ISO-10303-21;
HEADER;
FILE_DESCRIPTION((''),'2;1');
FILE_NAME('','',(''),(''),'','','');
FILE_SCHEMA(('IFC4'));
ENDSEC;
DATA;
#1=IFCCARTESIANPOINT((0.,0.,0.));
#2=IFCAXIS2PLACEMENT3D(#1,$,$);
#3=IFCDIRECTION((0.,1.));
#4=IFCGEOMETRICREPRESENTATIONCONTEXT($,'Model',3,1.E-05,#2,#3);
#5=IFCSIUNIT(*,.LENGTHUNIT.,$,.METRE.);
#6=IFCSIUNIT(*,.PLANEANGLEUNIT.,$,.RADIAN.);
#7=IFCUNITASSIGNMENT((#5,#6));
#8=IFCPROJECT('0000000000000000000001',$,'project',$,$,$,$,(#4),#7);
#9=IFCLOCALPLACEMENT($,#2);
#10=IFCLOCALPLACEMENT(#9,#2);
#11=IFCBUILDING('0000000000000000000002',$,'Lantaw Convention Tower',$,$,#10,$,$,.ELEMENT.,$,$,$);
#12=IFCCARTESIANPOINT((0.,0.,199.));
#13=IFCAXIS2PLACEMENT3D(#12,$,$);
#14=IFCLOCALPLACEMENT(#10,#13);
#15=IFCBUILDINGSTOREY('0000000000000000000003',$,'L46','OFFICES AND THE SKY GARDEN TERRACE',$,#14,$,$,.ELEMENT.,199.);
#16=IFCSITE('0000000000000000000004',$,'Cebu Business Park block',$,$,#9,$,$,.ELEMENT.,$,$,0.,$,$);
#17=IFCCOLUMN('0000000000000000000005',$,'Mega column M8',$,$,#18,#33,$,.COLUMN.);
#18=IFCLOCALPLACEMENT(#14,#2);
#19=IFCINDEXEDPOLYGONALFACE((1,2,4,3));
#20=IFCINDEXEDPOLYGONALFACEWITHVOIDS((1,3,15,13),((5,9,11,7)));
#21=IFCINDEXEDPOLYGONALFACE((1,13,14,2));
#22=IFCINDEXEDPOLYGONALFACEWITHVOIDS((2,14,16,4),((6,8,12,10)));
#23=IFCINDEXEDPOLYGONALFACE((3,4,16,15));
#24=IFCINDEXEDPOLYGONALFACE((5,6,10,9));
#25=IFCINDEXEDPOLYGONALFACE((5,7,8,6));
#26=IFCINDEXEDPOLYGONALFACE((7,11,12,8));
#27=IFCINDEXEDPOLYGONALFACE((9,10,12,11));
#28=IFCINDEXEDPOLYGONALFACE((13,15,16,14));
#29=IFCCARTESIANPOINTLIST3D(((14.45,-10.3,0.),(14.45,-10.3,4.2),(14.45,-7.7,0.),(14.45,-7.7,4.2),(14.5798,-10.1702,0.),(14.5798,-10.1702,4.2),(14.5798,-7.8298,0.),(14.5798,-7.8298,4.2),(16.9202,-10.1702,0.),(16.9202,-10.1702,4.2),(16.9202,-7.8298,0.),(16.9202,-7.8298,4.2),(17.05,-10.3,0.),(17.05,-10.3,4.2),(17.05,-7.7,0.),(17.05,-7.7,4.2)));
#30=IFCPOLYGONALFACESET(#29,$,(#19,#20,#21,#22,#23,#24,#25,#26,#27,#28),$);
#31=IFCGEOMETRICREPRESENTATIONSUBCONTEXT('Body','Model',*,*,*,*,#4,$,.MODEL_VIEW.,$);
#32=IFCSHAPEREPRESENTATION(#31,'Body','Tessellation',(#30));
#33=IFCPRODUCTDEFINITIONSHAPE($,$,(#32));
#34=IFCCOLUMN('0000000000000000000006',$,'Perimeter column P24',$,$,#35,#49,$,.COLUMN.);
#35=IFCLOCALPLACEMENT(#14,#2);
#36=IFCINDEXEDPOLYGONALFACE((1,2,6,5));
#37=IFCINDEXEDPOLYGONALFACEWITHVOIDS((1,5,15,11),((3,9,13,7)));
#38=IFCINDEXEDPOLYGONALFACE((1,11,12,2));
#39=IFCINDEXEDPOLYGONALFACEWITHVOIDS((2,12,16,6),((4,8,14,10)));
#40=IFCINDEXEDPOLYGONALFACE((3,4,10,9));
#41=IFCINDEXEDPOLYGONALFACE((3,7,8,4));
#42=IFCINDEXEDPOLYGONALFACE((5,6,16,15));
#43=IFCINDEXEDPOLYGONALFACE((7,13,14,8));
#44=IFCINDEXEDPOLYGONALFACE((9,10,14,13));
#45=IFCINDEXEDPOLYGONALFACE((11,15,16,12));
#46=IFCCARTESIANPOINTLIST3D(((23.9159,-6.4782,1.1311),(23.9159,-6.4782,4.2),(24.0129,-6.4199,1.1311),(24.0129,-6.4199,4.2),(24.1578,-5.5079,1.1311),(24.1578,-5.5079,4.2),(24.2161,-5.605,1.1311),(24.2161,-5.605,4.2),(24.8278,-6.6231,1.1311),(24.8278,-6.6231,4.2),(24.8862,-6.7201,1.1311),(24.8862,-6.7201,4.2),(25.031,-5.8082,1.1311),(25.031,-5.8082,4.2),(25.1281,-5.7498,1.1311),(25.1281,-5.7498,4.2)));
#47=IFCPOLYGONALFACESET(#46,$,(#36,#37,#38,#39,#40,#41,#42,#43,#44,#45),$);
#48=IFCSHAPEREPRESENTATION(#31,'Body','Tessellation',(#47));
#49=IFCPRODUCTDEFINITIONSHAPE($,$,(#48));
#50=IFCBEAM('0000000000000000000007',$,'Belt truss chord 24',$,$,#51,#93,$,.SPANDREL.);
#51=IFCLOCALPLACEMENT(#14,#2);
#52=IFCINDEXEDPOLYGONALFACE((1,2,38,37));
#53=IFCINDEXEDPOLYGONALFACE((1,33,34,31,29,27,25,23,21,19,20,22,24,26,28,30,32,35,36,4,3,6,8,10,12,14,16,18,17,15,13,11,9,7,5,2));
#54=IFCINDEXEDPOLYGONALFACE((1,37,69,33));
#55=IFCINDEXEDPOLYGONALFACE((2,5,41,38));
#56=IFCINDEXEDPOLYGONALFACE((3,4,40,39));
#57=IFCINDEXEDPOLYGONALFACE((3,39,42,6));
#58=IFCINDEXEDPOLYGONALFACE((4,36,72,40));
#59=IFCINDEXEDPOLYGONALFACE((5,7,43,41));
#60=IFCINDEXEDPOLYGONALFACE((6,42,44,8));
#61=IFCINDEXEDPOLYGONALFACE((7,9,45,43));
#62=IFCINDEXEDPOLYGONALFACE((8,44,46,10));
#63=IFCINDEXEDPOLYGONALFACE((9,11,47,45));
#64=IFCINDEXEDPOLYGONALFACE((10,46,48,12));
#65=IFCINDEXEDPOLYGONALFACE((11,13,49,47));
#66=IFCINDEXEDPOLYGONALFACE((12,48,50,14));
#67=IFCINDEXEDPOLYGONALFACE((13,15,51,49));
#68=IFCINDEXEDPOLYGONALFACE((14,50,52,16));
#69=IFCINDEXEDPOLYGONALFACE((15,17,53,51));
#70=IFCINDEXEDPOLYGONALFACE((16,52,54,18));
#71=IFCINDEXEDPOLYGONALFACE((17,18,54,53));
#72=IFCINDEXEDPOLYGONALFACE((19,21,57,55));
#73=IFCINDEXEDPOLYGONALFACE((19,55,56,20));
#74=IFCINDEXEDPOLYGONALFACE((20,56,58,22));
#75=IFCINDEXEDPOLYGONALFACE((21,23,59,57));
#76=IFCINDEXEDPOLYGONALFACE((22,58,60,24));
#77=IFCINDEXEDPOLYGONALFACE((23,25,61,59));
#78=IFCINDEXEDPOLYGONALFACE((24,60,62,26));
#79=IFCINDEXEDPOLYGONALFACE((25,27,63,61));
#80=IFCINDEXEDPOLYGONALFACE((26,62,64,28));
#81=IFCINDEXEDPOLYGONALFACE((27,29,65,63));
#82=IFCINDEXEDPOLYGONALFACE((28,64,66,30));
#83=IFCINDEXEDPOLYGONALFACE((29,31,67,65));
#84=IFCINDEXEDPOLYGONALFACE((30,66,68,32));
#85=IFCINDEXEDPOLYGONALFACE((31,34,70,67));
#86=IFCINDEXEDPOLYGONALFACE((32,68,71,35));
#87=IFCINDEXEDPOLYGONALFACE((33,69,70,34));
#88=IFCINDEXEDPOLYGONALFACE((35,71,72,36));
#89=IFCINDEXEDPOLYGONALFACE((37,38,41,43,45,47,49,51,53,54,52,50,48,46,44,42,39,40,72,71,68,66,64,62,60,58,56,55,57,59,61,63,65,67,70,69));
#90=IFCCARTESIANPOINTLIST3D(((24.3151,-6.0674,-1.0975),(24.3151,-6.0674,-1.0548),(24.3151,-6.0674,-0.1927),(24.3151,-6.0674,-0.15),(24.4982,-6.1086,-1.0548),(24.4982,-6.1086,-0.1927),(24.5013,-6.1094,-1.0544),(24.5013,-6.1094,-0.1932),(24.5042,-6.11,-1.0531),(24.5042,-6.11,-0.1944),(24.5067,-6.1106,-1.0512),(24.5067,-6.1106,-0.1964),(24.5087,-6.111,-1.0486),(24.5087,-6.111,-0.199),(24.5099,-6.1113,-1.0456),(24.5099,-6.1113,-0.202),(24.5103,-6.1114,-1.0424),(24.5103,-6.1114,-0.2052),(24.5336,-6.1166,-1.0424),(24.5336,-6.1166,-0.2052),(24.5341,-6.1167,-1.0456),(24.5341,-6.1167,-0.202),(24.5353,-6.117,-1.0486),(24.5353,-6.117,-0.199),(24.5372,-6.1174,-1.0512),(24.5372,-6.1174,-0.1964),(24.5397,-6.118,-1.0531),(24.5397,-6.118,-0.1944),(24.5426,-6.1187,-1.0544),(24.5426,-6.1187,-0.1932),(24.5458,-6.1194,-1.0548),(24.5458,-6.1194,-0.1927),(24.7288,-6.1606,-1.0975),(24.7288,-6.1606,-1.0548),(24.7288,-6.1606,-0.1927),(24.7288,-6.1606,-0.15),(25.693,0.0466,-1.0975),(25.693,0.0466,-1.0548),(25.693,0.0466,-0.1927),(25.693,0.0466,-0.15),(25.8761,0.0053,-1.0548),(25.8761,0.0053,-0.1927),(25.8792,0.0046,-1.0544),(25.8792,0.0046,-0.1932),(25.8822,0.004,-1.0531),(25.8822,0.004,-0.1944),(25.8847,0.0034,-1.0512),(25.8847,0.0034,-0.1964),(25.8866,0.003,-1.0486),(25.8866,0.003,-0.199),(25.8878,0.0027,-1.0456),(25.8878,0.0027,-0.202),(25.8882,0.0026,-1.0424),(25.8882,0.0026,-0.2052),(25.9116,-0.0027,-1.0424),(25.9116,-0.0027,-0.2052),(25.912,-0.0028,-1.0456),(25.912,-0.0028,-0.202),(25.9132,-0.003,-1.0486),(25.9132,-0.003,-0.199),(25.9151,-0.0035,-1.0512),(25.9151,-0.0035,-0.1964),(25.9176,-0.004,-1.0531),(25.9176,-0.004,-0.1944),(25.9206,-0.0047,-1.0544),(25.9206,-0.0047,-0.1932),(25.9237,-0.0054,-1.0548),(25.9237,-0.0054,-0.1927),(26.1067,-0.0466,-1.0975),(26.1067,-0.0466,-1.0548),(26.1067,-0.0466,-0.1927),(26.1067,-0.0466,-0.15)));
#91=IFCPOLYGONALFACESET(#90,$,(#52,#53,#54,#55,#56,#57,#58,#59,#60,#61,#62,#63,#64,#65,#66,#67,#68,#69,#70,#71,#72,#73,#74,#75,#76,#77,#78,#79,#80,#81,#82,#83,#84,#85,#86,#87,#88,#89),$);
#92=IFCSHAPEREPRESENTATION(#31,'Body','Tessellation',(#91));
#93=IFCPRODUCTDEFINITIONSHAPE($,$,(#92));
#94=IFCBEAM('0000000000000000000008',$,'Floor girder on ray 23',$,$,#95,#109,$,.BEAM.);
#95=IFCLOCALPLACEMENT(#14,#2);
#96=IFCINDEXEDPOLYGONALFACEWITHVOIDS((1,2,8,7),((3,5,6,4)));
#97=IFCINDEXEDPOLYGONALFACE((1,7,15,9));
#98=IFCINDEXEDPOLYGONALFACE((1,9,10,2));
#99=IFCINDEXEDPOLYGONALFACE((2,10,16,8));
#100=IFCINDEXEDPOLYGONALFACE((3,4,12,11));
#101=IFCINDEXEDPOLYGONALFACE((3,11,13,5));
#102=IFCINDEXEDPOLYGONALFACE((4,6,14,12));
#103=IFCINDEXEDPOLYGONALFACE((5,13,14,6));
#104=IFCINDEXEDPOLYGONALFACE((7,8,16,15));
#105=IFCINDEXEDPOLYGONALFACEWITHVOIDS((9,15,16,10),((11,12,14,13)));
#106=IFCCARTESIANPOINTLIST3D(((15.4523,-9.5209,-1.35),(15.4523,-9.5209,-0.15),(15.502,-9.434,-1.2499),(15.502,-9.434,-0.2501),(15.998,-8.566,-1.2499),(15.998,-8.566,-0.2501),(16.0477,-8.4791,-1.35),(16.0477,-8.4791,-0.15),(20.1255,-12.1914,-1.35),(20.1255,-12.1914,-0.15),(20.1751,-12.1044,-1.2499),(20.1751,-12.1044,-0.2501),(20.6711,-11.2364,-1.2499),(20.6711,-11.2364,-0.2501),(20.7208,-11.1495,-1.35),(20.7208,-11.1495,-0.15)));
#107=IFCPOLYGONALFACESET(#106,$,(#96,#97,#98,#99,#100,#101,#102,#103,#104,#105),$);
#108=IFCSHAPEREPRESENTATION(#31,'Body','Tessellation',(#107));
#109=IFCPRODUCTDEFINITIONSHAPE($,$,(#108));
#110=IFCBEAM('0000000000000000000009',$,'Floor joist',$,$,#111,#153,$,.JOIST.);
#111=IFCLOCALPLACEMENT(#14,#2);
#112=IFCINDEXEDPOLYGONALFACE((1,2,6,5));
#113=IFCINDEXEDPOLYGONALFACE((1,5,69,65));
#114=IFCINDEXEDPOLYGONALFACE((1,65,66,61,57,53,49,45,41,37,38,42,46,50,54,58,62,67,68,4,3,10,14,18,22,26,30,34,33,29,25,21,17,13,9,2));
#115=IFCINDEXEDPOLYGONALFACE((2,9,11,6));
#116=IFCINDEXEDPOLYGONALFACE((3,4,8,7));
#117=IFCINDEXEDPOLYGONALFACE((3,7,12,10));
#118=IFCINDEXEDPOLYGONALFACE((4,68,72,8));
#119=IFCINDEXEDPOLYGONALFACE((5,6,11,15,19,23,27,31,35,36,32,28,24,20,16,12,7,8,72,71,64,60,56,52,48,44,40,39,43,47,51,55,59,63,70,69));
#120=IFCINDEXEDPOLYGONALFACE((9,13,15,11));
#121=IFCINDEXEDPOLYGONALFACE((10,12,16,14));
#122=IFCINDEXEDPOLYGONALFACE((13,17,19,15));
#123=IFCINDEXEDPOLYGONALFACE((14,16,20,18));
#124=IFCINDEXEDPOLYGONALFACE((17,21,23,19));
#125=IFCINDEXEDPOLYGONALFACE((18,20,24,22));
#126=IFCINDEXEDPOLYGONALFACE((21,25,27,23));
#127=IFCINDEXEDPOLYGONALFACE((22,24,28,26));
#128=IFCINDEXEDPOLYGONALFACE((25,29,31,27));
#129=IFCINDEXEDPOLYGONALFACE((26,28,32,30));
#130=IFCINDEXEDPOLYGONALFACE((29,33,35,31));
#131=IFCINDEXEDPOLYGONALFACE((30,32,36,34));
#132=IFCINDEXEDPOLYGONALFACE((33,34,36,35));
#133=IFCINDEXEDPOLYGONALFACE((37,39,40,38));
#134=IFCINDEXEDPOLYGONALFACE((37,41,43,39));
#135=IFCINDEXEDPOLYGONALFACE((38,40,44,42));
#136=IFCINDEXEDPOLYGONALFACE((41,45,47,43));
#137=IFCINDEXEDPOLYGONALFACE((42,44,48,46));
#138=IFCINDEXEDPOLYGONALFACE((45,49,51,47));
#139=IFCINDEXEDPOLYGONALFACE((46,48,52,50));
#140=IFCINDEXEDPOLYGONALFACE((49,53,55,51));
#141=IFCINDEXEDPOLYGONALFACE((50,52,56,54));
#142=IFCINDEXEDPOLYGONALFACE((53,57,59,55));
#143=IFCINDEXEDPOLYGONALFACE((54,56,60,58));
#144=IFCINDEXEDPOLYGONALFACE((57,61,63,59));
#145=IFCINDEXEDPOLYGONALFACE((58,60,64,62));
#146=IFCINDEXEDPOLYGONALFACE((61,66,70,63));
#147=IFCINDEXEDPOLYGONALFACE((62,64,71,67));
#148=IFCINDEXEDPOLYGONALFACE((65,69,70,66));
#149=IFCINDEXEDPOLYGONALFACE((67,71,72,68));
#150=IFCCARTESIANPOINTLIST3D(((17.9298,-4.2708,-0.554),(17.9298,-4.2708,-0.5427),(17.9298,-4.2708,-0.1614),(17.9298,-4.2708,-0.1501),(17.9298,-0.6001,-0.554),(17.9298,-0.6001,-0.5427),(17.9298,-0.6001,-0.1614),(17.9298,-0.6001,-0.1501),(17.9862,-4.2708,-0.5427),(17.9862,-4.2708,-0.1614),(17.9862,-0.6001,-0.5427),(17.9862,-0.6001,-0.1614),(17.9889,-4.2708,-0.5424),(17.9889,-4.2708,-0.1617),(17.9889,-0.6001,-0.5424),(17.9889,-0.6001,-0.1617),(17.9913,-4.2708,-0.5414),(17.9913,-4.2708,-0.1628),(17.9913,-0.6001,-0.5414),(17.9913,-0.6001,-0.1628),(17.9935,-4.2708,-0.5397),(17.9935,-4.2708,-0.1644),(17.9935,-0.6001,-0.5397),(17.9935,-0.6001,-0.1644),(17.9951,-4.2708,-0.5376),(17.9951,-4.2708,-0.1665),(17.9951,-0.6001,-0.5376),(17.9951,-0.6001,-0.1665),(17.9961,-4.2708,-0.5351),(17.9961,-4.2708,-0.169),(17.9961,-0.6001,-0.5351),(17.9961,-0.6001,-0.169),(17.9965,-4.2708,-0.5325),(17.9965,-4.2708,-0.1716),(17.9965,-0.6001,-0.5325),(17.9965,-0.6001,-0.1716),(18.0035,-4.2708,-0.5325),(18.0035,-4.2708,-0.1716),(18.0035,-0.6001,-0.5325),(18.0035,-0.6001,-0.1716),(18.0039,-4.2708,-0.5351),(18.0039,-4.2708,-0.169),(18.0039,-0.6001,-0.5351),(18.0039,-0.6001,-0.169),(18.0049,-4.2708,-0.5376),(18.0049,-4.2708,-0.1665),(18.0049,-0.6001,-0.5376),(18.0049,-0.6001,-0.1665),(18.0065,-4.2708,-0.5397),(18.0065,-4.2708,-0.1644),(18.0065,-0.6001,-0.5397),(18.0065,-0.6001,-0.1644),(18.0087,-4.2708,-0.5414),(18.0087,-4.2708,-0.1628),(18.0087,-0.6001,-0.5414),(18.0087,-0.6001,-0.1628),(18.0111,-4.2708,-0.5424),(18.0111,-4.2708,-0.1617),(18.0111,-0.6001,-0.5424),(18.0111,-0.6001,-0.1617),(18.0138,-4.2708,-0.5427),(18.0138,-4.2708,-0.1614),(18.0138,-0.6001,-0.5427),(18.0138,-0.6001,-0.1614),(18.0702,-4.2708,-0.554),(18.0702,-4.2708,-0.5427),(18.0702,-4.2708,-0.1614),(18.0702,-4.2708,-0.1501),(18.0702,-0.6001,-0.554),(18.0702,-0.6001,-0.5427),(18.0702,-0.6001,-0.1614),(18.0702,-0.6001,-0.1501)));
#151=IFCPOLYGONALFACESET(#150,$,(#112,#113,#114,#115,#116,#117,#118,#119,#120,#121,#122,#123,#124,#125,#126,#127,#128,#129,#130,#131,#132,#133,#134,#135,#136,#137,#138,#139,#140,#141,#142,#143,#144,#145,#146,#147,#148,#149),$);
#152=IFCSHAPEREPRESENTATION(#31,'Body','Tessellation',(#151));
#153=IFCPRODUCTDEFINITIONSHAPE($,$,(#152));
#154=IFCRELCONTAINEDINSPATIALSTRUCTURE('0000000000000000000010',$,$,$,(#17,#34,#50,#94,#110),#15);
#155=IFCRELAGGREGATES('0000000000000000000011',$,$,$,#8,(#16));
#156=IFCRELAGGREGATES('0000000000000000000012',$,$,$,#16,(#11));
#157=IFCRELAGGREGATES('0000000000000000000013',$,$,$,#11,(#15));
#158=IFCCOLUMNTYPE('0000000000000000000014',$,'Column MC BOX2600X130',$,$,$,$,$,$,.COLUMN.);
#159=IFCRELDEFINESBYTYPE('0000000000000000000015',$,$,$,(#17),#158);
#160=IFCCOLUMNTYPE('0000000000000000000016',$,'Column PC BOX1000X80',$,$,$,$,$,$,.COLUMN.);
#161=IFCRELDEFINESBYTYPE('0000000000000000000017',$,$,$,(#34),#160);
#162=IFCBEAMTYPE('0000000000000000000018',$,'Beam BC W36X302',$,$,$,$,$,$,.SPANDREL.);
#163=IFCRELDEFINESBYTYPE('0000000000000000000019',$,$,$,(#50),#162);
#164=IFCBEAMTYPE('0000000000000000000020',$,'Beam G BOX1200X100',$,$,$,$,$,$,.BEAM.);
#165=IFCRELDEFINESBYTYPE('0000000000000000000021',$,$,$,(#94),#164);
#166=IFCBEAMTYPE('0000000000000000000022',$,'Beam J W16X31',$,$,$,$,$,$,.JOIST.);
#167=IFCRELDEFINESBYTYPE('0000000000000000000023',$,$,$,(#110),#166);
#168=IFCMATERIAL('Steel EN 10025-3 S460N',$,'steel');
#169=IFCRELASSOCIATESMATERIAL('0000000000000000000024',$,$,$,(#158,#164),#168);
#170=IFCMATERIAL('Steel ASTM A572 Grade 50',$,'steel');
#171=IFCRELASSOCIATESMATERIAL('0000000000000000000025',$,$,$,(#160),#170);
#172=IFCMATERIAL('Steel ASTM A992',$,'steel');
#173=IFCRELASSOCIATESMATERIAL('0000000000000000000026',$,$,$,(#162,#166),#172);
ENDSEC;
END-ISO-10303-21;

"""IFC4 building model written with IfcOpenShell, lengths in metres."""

from ifc_helpers import new_model, si_unit, direction, frame, origin, origin_2d, place, context, subcontext, project, spatial, rectangle, hollow_rectangle, i_section, extrude, material, material_profile, profile_set, type_object, element, save


model = new_model("IFC4")

# Units and contexts
model_context = context("Model", 3, precision=1e-05, world=origin(), true_north=direction((0.0, 1.0)))
body_context = subcontext(model_context, "Body", "Model", "MODEL_VIEW")
ifc_project = project(units=[si_unit("LENGTHUNIT", "METRE"), si_unit("PLANEANGLEUNIT", "RADIAN")], contexts=[model_context])

# Site, building, storey
site_placement = place(None, origin())
site = spatial("IfcSite", under=ifc_project, at=site_placement, Name="Cebu Business Park block", CompositionType="ELEMENT", RefElevation=0.0)
building_placement = place(site_placement, origin())
building = spatial("IfcBuilding", under=site, at=building_placement, Name="Lantaw Convention Tower", CompositionType="ELEMENT")
storey_placement = place(building_placement, frame((0.0, 0.0, 199.0)))
storey = spatial("IfcBuildingStorey", under=building, at=storey_placement, Name="L46", Description="OFFICES AND THE SKY GARDEN TERRACE", CompositionType="ELEMENT", Elevation=199.0)

# Columns
ifc_material_1 = material(Name="Steel EN 10025-3 S460N", Category="steel")
ifc_material_profile_1 = material_profile(ifc_material_1, hollow_rectangle(XDim=2.6001, YDim=2.6001, WallThickness=0.1299, at=origin_2d()), Name="BOX2600X130")
ifc_material_2 = material(Name="Concrete C60/75", Category="concrete")
ifc_material_profile_2 = material_profile(ifc_material_2, rectangle(XDim=2.3401, YDim=2.3401, at=origin_2d()), Name="Concrete fill of BOX2600X130")
ifc_profile_set_1 = profile_set([ifc_material_profile_1, ifc_material_profile_2], Name="Steel EN 10025-3 S460N")
column_type_1 = type_object("IfcColumnType", Name="Column MC BOX2600X130", PredefinedType="COLUMN", material=ifc_profile_set_1)
column_1_placement = place(storey_placement, frame((15.75, -9.0, 0.0), z_axis=(0.0, 0.0, 1.0), x_axis=(1.0, 0.0, 0.0)))
element("IfcColumn", 1, at=column_1_placement, inside=storey, type_object=column_type_1, Name="Mega column M8", PredefinedType="COLUMN", context=body_context, shape_type="SweptSolid", body=[
    extrude(hollow_rectangle(XDim=2.6001, YDim=2.6001, WallThickness=0.1299, at=origin_2d()), origin(), (0.0, 0.0, 1.0), 4.2),
])
ifc_material_3 = material(Name="Steel ASTM A572 Grade 50", Category="steel")
ifc_material_profile_3 = material_profile(ifc_material_3, hollow_rectangle(XDim=1.0, YDim=1.0, WallThickness=0.0801, at=origin_2d()), Name="BOX1000X80")
ifc_material_profile_4 = material_profile(ifc_material_2, rectangle(XDim=0.8401, YDim=0.8401, at=origin_2d()), Name="Concrete fill of BOX1000X80")
ifc_profile_set_2 = profile_set([ifc_material_profile_3, ifc_material_profile_4], Name="Steel ASTM A572 Grade 50")
column_type_2 = type_object("IfcColumnType", Name="Column PC BOX1000X80", PredefinedType="COLUMN", material=ifc_profile_set_2)
column_2_placement = place(storey_placement, frame((24.522, -6.114, 1.1311), z_axis=(0.0, 0.0, 1.0), x_axis=(0.241922, 0.970296, 0.0)))
element("IfcColumn", 2, at=column_2_placement, inside=storey, type_object=column_type_2, Name="Perimeter column P24", PredefinedType="COLUMN", context=body_context, shape_type="SweptSolid", body=[
    extrude(hollow_rectangle(XDim=1.0, YDim=1.0, WallThickness=0.0801, at=origin_2d()), origin(), (0.0, 0.0, 1.0), 3.0688),
])

# Beams
ifc_material_4 = material(Name="Steel ASTM A992", Category="steel")
ifc_material_profile_5 = material_profile(ifc_material_4, i_section(OverallWidth=0.4241, OverallDepth=0.9475, WebThickness=0.0239, FlangeThickness=0.0427, FilletRadius=0.0125, at=origin_2d()), Name="W36X302")
ifc_profile_set_3 = profile_set([ifc_material_profile_5], Name="Steel ASTM A992")
beam_type_1 = type_object("IfcBeamType", Name="Beam BC W36X302", PredefinedType="SPANDREL", material=ifc_profile_set_3)
beam_1_placement = place(storey_placement, frame((24.522, -6.114, -0.6238), z_axis=(0.219858, 0.975532, 0.0), x_axis=(-0.975532, 0.219858, 0.0)))
element("IfcBeam", 3, at=beam_1_placement, inside=storey, type_object=beam_type_1, Name="Belt truss chord 24", PredefinedType="SPANDREL", context=body_context, shape_type="SweptSolid", body=[
    extrude(i_section(OverallWidth=0.4241, OverallDepth=0.9475, WebThickness=0.0239, FlangeThickness=0.0427, FilletRadius=0.0125, at=origin_2d()), origin(), (0.0, 0.0, 1.0), 6.2673),
])
ifc_material_profile_6 = material_profile(ifc_material_1, hollow_rectangle(XDim=1.2, YDim=1.2, WallThickness=0.1001, at=origin_2d()), Name="BOX1200X100")
ifc_profile_set_4 = profile_set([ifc_material_profile_6], Name="Steel EN 10025-3 S460N")
beam_type_2 = type_object("IfcBeamType", Name="Beam G BOX1200X100", PredefinedType="BEAM", material=ifc_profile_set_4)
beam_2_placement = place(storey_placement, frame((15.75, -9.0, -0.75), z_axis=(0.868238, -0.496149, 0.0), x_axis=(0.496149, 0.868238, 0.0)))
element("IfcBeam", 4, at=beam_2_placement, inside=storey, type_object=beam_type_2, Name="Floor girder on ray 23", PredefinedType="BEAM", context=body_context, shape_type="SweptSolid", body=[
    extrude(hollow_rectangle(XDim=1.2, YDim=1.2, WallThickness=0.1001, at=origin_2d()), origin(), (0.0, 0.0, 1.0), 5.3823),
])
ifc_material_profile_7 = material_profile(ifc_material_4, i_section(OverallWidth=0.1404, OverallDepth=0.4038, WebThickness=0.0071, FlangeThickness=0.0112, FilletRadius=0.0103, at=origin_2d()), Name="W16X31")
ifc_profile_set_5 = profile_set([ifc_material_profile_7], Name="Steel ASTM A992")
beam_type_3 = type_object("IfcBeamType", Name="Beam J W16X31", PredefinedType="JOIST", material=ifc_profile_set_5)
beam_3_placement = place(storey_placement, frame((18.0, -4.2708, -0.3521), z_axis=(0.0, 1.0, 0.0), x_axis=(-1.0, 0.0, 0.0)))
element("IfcBeam", 5, at=beam_3_placement, inside=storey, type_object=beam_type_3, Name="Floor joist", PredefinedType="JOIST", context=body_context, shape_type="SweptSolid", body=[
    extrude(i_section(OverallWidth=0.1404, OverallDepth=0.4038, WebThickness=0.0071, FlangeThickness=0.0112, FilletRadius=0.0103, at=origin_2d()), origin(), (0.0, 0.0, 1.0), 3.6707),
])

save(model, "model.ifc")
